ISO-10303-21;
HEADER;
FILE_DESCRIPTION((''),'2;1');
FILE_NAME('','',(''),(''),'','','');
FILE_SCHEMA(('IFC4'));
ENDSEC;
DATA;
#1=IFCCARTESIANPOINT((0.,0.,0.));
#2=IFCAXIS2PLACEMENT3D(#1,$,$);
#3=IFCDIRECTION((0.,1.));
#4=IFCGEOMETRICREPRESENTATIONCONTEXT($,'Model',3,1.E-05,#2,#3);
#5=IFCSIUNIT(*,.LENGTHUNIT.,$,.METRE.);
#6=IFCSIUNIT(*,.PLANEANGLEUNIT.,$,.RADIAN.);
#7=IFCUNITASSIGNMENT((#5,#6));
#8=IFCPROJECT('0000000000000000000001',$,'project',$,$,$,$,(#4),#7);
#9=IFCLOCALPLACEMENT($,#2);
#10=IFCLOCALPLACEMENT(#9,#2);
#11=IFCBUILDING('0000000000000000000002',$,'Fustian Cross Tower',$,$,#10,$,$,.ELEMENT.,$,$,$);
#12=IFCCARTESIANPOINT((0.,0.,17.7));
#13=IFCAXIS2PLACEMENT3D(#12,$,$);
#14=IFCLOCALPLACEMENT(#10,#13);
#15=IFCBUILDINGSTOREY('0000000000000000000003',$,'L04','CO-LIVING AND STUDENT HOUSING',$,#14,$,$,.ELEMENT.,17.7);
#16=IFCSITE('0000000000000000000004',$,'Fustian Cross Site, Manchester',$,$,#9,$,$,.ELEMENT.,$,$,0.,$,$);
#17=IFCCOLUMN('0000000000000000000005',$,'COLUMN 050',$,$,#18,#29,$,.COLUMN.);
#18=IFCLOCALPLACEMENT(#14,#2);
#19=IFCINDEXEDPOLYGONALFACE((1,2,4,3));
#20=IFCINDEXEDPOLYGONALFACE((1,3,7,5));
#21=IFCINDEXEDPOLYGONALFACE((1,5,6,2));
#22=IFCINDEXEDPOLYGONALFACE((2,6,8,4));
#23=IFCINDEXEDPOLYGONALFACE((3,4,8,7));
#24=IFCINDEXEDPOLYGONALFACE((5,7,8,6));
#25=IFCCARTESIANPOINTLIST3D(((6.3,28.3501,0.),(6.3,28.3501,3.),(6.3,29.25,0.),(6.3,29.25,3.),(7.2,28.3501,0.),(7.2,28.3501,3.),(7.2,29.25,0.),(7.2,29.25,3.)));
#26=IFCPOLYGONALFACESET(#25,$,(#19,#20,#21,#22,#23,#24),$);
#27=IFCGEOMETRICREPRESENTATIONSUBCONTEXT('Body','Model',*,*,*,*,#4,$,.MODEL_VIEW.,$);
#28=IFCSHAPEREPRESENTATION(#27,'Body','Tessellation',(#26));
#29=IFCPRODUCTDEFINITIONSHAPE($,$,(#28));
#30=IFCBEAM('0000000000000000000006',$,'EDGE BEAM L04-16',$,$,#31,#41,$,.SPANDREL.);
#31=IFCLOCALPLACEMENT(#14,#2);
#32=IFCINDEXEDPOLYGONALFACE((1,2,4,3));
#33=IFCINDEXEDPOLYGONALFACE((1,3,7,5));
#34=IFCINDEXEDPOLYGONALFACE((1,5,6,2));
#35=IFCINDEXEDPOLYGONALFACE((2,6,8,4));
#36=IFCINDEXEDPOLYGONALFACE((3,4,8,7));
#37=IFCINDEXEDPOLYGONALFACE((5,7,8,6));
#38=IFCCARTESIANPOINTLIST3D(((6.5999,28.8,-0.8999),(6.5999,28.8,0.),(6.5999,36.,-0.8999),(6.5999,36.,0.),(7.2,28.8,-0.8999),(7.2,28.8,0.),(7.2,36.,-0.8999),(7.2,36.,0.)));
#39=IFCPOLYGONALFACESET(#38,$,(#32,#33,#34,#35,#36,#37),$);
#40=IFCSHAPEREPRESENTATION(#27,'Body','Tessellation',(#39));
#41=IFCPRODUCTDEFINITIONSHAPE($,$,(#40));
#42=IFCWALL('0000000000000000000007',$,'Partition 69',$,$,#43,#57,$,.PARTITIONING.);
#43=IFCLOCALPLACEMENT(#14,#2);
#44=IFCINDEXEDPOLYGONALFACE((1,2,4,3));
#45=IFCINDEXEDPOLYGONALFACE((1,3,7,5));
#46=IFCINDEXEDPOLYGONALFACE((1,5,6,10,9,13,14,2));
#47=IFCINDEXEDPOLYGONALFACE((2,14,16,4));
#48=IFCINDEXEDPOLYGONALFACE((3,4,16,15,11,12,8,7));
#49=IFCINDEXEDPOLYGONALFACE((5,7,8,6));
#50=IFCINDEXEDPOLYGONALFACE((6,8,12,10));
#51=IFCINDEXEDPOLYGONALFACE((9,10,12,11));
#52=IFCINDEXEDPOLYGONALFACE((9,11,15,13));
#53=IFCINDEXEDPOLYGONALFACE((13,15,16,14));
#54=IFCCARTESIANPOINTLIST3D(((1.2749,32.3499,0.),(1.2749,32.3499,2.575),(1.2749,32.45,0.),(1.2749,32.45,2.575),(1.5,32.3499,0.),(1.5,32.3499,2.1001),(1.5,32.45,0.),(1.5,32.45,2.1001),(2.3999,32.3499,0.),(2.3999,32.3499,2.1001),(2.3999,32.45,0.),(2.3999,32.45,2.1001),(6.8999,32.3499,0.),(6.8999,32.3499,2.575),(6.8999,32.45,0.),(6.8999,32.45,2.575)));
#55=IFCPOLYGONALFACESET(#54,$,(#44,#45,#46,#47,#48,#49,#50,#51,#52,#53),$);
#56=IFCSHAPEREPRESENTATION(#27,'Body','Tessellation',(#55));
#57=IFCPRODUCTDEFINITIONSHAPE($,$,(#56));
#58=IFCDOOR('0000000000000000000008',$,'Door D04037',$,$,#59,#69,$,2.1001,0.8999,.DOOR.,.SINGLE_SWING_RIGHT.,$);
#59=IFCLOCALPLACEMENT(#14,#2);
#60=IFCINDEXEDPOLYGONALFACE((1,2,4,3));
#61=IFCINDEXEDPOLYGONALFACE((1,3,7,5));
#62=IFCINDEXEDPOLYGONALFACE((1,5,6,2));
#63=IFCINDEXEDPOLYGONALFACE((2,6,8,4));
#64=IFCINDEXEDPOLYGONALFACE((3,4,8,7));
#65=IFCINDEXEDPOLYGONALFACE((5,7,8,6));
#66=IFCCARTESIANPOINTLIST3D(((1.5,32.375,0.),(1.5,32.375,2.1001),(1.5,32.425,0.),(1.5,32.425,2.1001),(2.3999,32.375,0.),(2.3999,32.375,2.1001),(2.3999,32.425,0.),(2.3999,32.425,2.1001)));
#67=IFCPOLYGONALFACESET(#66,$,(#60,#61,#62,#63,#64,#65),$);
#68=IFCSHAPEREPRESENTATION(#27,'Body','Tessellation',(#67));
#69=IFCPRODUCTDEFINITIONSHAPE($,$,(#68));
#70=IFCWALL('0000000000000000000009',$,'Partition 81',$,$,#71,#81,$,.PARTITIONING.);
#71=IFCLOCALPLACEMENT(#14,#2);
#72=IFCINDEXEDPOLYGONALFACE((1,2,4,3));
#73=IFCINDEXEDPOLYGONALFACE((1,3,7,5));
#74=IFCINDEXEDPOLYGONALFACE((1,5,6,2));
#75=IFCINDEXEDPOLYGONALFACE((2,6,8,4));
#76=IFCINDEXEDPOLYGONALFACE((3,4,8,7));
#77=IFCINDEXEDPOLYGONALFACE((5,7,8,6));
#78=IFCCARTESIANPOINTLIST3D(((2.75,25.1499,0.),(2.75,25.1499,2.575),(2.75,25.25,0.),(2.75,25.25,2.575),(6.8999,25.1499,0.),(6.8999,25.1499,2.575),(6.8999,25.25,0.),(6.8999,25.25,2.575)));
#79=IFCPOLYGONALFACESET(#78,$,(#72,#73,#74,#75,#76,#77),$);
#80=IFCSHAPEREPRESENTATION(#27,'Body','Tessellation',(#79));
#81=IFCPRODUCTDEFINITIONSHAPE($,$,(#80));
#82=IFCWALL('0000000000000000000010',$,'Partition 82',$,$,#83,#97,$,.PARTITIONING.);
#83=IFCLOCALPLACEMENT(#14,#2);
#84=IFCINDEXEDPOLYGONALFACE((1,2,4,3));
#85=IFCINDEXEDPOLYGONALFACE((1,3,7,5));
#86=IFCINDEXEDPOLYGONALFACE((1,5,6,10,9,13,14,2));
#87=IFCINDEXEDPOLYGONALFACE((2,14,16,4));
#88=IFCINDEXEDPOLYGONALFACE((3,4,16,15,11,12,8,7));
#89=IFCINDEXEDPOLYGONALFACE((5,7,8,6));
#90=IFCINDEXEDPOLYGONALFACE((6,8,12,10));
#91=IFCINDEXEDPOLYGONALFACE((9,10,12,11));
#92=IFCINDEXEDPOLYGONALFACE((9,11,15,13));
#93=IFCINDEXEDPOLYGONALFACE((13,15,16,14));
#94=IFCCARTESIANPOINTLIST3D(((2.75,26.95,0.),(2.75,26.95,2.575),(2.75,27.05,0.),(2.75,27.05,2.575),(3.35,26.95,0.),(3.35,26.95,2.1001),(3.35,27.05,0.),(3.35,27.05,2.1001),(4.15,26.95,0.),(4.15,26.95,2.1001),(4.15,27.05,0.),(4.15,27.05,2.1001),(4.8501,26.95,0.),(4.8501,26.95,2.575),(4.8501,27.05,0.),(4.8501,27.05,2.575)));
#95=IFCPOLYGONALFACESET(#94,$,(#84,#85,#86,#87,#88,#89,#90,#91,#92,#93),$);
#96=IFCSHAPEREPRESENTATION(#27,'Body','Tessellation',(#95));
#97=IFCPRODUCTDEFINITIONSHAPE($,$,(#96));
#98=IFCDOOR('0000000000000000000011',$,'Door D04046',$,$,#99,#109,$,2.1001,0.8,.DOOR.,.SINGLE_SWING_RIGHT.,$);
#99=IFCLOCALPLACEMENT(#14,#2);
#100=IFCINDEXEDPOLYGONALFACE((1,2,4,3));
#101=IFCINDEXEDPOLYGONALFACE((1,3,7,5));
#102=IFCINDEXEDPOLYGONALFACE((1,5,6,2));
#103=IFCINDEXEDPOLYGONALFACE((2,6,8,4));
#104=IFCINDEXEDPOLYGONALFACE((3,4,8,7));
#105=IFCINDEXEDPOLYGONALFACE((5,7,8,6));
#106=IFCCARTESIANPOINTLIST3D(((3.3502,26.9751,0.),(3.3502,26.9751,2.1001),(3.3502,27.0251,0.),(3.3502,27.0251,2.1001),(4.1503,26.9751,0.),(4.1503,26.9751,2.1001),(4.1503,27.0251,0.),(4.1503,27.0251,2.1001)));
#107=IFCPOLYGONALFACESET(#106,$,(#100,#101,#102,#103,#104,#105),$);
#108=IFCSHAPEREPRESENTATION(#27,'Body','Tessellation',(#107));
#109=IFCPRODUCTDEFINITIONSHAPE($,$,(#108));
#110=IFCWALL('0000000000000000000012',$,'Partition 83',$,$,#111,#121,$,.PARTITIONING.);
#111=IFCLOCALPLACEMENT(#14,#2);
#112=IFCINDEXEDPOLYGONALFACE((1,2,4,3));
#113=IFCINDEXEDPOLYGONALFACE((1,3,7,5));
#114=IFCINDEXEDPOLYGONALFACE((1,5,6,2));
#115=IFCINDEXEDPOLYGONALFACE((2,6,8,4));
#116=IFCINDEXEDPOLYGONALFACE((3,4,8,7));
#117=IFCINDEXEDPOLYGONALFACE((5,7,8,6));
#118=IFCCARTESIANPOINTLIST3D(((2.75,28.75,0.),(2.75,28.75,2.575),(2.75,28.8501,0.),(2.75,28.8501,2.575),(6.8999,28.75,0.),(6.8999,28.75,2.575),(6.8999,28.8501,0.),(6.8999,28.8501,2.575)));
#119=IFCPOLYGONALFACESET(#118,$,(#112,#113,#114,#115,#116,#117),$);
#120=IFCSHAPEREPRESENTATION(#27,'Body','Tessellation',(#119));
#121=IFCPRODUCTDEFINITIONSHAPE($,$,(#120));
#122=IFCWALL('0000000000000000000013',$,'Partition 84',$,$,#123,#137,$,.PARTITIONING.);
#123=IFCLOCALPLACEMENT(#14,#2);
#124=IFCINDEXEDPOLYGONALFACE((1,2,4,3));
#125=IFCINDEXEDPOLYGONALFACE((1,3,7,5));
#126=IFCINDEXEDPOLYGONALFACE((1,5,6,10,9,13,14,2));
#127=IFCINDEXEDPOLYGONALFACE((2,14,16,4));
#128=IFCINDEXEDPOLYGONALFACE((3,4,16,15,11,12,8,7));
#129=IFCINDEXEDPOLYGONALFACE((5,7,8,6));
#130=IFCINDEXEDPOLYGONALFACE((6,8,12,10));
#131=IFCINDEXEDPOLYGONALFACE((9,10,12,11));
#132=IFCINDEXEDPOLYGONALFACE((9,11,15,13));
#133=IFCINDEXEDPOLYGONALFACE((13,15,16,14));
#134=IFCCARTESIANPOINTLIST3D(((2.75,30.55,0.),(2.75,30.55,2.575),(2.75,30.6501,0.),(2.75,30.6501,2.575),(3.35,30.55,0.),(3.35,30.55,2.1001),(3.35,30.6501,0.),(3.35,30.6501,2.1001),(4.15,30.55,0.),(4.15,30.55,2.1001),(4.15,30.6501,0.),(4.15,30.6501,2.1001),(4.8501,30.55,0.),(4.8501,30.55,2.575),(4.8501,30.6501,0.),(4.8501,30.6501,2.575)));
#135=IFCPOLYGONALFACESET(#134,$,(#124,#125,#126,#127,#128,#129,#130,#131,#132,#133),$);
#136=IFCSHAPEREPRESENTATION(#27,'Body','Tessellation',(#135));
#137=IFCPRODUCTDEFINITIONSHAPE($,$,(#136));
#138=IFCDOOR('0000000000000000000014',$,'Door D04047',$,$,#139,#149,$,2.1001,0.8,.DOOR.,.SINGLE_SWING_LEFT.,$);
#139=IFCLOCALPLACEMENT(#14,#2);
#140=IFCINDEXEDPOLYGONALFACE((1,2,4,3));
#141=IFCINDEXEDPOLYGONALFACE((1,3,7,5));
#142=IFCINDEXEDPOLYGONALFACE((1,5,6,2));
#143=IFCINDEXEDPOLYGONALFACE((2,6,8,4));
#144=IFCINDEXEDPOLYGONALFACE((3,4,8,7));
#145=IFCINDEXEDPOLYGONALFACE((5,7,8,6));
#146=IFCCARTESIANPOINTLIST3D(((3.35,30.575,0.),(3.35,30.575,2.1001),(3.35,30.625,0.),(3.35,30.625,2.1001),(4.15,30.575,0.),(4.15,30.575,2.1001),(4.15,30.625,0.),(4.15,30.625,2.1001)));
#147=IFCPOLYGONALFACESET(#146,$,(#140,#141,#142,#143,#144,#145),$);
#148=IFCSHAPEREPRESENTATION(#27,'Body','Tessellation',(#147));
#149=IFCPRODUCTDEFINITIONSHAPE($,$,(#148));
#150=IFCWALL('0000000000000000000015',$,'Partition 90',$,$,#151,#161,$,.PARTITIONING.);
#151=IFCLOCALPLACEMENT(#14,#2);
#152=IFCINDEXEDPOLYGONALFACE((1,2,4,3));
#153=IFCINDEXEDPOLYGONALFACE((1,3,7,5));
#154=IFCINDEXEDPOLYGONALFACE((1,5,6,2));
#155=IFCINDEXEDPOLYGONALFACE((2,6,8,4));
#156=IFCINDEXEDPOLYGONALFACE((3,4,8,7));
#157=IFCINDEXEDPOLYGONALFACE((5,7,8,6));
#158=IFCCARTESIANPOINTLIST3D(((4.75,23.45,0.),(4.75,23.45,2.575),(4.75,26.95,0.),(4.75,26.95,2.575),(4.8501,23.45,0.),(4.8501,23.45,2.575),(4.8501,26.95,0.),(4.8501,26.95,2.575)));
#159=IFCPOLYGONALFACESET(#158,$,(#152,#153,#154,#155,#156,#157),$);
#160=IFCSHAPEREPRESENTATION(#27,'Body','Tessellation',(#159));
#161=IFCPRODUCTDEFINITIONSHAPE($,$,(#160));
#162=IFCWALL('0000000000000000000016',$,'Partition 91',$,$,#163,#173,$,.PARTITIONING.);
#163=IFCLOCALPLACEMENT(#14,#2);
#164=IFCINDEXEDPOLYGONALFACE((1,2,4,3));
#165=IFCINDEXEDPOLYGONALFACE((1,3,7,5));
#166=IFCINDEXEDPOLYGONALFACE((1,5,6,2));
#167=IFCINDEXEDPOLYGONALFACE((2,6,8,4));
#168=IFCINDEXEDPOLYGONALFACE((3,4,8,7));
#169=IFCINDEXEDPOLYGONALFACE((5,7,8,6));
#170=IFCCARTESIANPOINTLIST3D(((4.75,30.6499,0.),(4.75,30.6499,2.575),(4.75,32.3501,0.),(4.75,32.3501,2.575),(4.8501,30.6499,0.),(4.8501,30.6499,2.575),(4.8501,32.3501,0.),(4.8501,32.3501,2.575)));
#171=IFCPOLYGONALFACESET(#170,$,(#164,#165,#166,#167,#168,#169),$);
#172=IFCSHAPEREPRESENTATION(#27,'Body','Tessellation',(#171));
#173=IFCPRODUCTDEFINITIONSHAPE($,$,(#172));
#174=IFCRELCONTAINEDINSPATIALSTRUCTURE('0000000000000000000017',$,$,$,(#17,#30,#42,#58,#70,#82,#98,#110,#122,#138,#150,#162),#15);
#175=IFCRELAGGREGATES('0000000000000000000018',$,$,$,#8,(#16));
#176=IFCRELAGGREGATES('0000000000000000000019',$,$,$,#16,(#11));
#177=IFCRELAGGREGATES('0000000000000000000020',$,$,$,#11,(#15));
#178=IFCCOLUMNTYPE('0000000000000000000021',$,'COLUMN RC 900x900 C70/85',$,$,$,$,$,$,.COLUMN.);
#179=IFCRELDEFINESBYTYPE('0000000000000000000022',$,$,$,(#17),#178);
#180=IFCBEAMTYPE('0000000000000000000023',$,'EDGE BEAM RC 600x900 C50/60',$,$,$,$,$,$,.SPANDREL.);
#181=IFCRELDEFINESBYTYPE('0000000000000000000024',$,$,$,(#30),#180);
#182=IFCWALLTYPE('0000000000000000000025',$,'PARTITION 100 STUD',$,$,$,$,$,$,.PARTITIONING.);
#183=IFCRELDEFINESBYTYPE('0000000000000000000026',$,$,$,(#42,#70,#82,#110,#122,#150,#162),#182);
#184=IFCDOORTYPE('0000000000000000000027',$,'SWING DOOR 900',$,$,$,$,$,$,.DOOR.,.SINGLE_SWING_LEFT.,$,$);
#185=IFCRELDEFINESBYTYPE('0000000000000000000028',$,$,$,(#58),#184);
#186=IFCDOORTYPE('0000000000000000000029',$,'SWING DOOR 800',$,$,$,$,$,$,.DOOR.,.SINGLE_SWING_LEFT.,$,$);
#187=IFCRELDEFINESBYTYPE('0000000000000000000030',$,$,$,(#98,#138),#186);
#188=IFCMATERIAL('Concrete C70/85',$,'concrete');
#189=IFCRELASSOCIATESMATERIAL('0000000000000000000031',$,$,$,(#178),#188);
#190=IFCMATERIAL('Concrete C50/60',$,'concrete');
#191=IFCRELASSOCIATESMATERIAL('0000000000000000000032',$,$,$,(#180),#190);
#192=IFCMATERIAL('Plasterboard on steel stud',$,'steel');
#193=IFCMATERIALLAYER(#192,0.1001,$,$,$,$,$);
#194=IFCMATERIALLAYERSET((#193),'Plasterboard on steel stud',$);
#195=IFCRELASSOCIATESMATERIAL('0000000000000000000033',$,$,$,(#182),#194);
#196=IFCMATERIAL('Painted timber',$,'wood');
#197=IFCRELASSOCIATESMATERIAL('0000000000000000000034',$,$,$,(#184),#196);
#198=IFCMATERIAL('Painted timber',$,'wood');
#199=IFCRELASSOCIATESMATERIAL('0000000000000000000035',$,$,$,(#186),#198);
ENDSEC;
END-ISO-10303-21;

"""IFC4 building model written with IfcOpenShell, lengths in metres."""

from ifc_helpers import new_model, si_unit, direction, frame, frame_2d, origin, origin_2d, place, context, subcontext, project, spatial, rectangle, extrude, material, layer, layer_set, material_profile, profile_set, type_object, element, fill, save


model = new_model("IFC4")

# Units and contexts
model_context = context("Model", 3, precision=1e-05, world=origin(), true_north=direction((0.0, 1.0)))
body_context = subcontext(model_context, "Body", "Model", "MODEL_VIEW")
ifc_project = project(units=[si_unit("LENGTHUNIT", "METRE"), si_unit("PLANEANGLEUNIT", "RADIAN")], contexts=[model_context])

# Site, building, storey
site_placement = place(None, origin())
site = spatial("IfcSite", under=ifc_project, at=site_placement, Name="Fustian Cross Site, Manchester", CompositionType="ELEMENT", RefElevation=0.0)
building_placement = place(site_placement, origin())
building = spatial("IfcBuilding", under=site, at=building_placement, Name="Fustian Cross Tower", CompositionType="ELEMENT")
storey_placement = place(building_placement, frame((0.0, 0.0, 17.7)))
storey = spatial("IfcBuildingStorey", under=building, at=storey_placement, Name="L04", Description="CO-LIVING AND STUDENT HOUSING", CompositionType="ELEMENT", Elevation=17.7)

# Column
ifc_material_1 = material(Name="Concrete C70/85", Category="concrete")
ifc_material_profile_1 = material_profile(ifc_material_1, rectangle(XDim=0.8999, YDim=0.8999, at=origin_2d()), Name="RC 900x900")
ifc_profile_set_1 = profile_set([ifc_material_profile_1], Name="Concrete C70/85")
column_type = type_object("IfcColumnType", Name="COLUMN RC 900x900 C70/85", PredefinedType="COLUMN", material=ifc_profile_set_1)
column_placement = place(storey_placement, frame((6.75, 28.8, 0.0), z_axis=(0.0, 0.0, 1.0), x_axis=(1.0, 0.0, 0.0)))
element("IfcColumn", 1, at=column_placement, inside=storey, type_object=column_type, Name="COLUMN 050", PredefinedType="COLUMN", context=body_context, shape_type="SweptSolid", body=[
    extrude(rectangle(XDim=0.8999, YDim=0.8999, at=origin_2d()), origin(), (0.0, 0.0, 1.0), 3.0),
])

# Beam
ifc_material_2 = material(Name="Concrete C50/60", Category="concrete")
ifc_material_profile_2 = material_profile(ifc_material_2, rectangle(XDim=0.6001, YDim=0.8999, at=origin_2d()), Name="RC 600x900")
ifc_profile_set_2 = profile_set([ifc_material_profile_2], Name="Concrete C50/60")
beam_type = type_object("IfcBeamType", Name="EDGE BEAM RC 600x900 C50/60", PredefinedType="SPANDREL", material=ifc_profile_set_2)
beam_placement = place(storey_placement, frame((6.8999, 28.8, -0.45), z_axis=(0.0, 1.0, 0.0), x_axis=(-1.0, 0.0, 0.0)))
element("IfcBeam", 2, at=beam_placement, inside=storey, type_object=beam_type, Name="EDGE BEAM L04-16", PredefinedType="SPANDREL", context=body_context, shape_type="SweptSolid", body=[
    extrude(rectangle(XDim=0.6001, YDim=0.8999, at=origin_2d()), origin(), (0.0, 0.0, 1.0), 7.2),
])

# Wall, opening, door
ifc_material_3 = material(Name="Plasterboard on steel stud", Category="steel")
ifc_layer_1 = layer(ifc_material_3, 0.1001)
ifc_layer_set_1 = layer_set([ifc_layer_1], Name="Plasterboard on steel stud")
wall_type_1 = type_object("IfcWallType", Name="PARTITION 100 STUD", PredefinedType="PARTITIONING", material=ifc_layer_set_1)
wall_1_placement = place(storey_placement, frame((1.2749, 32.3999, 0.0), z_axis=(0.0, 0.0, 1.0), x_axis=(1.0, 0.0, 0.0)))
wall_1 = element("IfcWall", 3, at=wall_1_placement, inside=storey, type_object=wall_type_1, Name="Partition 69", PredefinedType="PARTITIONING", context=body_context, shape_type="SweptSolid", body=[
    extrude(rectangle(XDim=5.625, YDim=0.1001, at=frame_2d((2.8125, 0.0))), origin(), (0.0, 0.0, 1.0), 2.575),
])
opening_1_placement = place(wall_1_placement, frame((0.2251, 0.0, 0.0)))
opening_1 = element("IfcOpeningElement", 4, at=opening_1_placement, cuts=wall_1, PredefinedType="OPENING", context=body_context, shape_type="SweptSolid", body=[
    extrude(rectangle(XDim=0.8999, YDim=2.1001, at=frame_2d((0.45, 1.05))), frame((0.0, 0.0601, 0.0), z_axis=(0.0, -1.0, 0.0), x_axis=(1.0, 0.0, 0.0)), (0.0, 0.0, 1.0), 0.1201),
])
ifc_material_4 = material(Name="Painted timber", Category="wood")
door_type_1 = type_object("IfcDoorType", Name="SWING DOOR 900", OperationType="SINGLE_SWING_LEFT", PredefinedType="DOOR", material=ifc_material_4)
door_1_placement = place(opening_1_placement, frame((0.8999, 0.0, 0.0), z_axis=(0.0, 0.0, 1.0), x_axis=(-1.0, 0.0, 0.0)))
door_1 = element("IfcDoor", 5, at=door_1_placement, inside=storey, type_object=door_type_1, Name="Door D04037", OperationType="SINGLE_SWING_RIGHT", OverallHeight=2.1001, OverallWidth=0.8999, PredefinedType="DOOR", context=body_context, shape_type="SweptSolid", body=[
    extrude(rectangle(XDim=0.8999, YDim=2.1001, at=frame_2d((0.45, 1.05))), frame((0.0, 0.0249, 0.0), z_axis=(0.0, -1.0, 0.0), x_axis=(1.0, 0.0, 0.0)), (0.0, 0.0, 1.0), 0.05),
])
fill(opening_1, door_1)

# Wall
wall_2_placement = place(storey_placement, frame((2.75, 25.2, 0.0), z_axis=(0.0, 0.0, 1.0), x_axis=(1.0, 0.0, 0.0)))
element("IfcWall", 6, at=wall_2_placement, inside=storey, type_object=wall_type_1, Name="Partition 81", PredefinedType="PARTITIONING", context=body_context, shape_type="SweptSolid", body=[
    extrude(rectangle(XDim=4.1499, YDim=0.1001, at=frame_2d((2.075, 0.0))), origin(), (0.0, 0.0, 1.0), 2.575),
])

# Wall, opening, door
wall_3_placement = place(storey_placement, frame((2.75, 27.0, 0.0), z_axis=(0.0, 0.0, 1.0), x_axis=(1.0, 0.0, 0.0)))
wall_3 = element("IfcWall", 7, at=wall_3_placement, inside=storey, type_object=wall_type_1, Name="Partition 82", PredefinedType="PARTITIONING", context=body_context, shape_type="SweptSolid", body=[
    extrude(rectangle(XDim=2.1001, YDim=0.1001, at=frame_2d((1.05, 0.0))), origin(), (0.0, 0.0, 1.0), 2.575),
])
opening_2_placement = place(wall_3_placement, frame((0.6001, 0.0, 0.0)))
opening_2 = element("IfcOpeningElement", 8, at=opening_2_placement, cuts=wall_3, PredefinedType="OPENING", context=body_context, shape_type="SweptSolid", body=[
    extrude(rectangle(XDim=0.8, YDim=2.1001, at=frame_2d((0.3999, 1.05))), frame((0.0, 0.0601, 0.0), z_axis=(0.0, -1.0, 0.0), x_axis=(1.0, 0.0, 0.0)), (0.0, 0.0, 1.0), 0.1201),
])
ifc_material_5 = material(Name="Painted timber", Category="wood")
door_type_2 = type_object("IfcDoorType", Name="SWING DOOR 800", OperationType="SINGLE_SWING_LEFT", PredefinedType="DOOR", material=ifc_material_5)
door_2_placement = place(opening_2_placement, frame((0.8, 0.0, 0.0), z_axis=(0.0, 0.0, 1.0), x_axis=(-1.0, 0.0, 0.0)))
door_2 = element("IfcDoor", 9, at=door_2_placement, inside=storey, type_object=door_type_2, Name="Door D04046", OperationType="SINGLE_SWING_RIGHT", OverallHeight=2.1001, OverallWidth=0.8, PredefinedType="DOOR", context=body_context, shape_type="SweptSolid", body=[
    extrude(rectangle(XDim=0.8, YDim=2.1001, at=frame_2d((0.3999, 1.05))), frame((0.0, 0.0249, 0.0), z_axis=(0.0, -1.0, 0.0), x_axis=(1.0, 0.0, 0.0)), (0.0, 0.0, 1.0), 0.05),
])
fill(opening_2, door_2)

# Wall
wall_4_placement = place(storey_placement, frame((2.75, 28.8, 0.0), z_axis=(0.0, 0.0, 1.0), x_axis=(1.0, 0.0, 0.0)))
element("IfcWall", 10, at=wall_4_placement, inside=storey, type_object=wall_type_1, Name="Partition 83", PredefinedType="PARTITIONING", context=body_context, shape_type="SweptSolid", body=[
    extrude(rectangle(XDim=4.1499, YDim=0.1001, at=frame_2d((2.075, 0.0))), origin(), (0.0, 0.0, 1.0), 2.575),
])

# Wall, opening, door
wall_5_placement = place(storey_placement, frame((2.75, 30.6001, 0.0), z_axis=(0.0, 0.0, 1.0), x_axis=(1.0, 0.0, 0.0)))
wall_5 = element("IfcWall", 11, at=wall_5_placement, inside=storey, type_object=wall_type_1, Name="Partition 84", PredefinedType="PARTITIONING", context=body_context, shape_type="SweptSolid", body=[
    extrude(rectangle(XDim=2.1001, YDim=0.1001, at=frame_2d((1.05, 0.0))), origin(), (0.0, 0.0, 1.0), 2.575),
])
opening_3_placement = place(wall_5_placement, frame((0.6001, 0.0, 0.0)))
opening_3 = element("IfcOpeningElement", 12, at=opening_3_placement, cuts=wall_5, PredefinedType="OPENING", context=body_context, shape_type="SweptSolid", body=[
    extrude(rectangle(XDim=0.8, YDim=2.1001, at=frame_2d((0.3999, 1.05))), frame((0.0, 0.0601, 0.0), z_axis=(0.0, -1.0, 0.0), x_axis=(1.0, 0.0, 0.0)), (0.0, 0.0, 1.0), 0.1201),
])
door_3_placement = place(opening_3_placement, origin())
door_3 = element("IfcDoor", 13, at=door_3_placement, inside=storey, type_object=door_type_2, Name="Door D04047", OperationType="SINGLE_SWING_LEFT", OverallHeight=2.1001, OverallWidth=0.8, PredefinedType="DOOR", context=body_context, shape_type="SweptSolid", body=[
    extrude(rectangle(XDim=0.8, YDim=2.1001, at=frame_2d((0.3999, 1.05))), frame((0.0, 0.0249, 0.0), z_axis=(0.0, -1.0, 0.0), x_axis=(1.0, 0.0, 0.0)), (0.0, 0.0, 1.0), 0.05),
])
fill(opening_3, door_3)

# Walls
wall_6_placement = place(storey_placement, frame((4.8, 23.45, 0.0), z_axis=(0.0, 0.0, 1.0), x_axis=(0.0, 1.0, 0.0)))
element("IfcWall", 14, at=wall_6_placement, inside=storey, type_object=wall_type_1, Name="Partition 90", PredefinedType="PARTITIONING", context=body_context, shape_type="SweptSolid", body=[
    extrude(rectangle(XDim=3.5, YDim=0.1001, at=frame_2d((1.75, 0.0))), origin(), (0.0, 0.0, 1.0), 2.575),
])
wall_7_placement = place(storey_placement, frame((4.8, 30.6499, 0.0), z_axis=(0.0, 0.0, 1.0), x_axis=(0.0, 1.0, 0.0)))
element("IfcWall", 15, at=wall_7_placement, inside=storey, type_object=wall_type_1, Name="Partition 91", PredefinedType="PARTITIONING", context=body_context, shape_type="SweptSolid", body=[
    extrude(rectangle(XDim=1.7002, YDim=0.1001, at=frame_2d((0.8501, 0.0))), origin(), (0.0, 0.0, 1.0), 2.575),
])

save(model, "model.ifc")
